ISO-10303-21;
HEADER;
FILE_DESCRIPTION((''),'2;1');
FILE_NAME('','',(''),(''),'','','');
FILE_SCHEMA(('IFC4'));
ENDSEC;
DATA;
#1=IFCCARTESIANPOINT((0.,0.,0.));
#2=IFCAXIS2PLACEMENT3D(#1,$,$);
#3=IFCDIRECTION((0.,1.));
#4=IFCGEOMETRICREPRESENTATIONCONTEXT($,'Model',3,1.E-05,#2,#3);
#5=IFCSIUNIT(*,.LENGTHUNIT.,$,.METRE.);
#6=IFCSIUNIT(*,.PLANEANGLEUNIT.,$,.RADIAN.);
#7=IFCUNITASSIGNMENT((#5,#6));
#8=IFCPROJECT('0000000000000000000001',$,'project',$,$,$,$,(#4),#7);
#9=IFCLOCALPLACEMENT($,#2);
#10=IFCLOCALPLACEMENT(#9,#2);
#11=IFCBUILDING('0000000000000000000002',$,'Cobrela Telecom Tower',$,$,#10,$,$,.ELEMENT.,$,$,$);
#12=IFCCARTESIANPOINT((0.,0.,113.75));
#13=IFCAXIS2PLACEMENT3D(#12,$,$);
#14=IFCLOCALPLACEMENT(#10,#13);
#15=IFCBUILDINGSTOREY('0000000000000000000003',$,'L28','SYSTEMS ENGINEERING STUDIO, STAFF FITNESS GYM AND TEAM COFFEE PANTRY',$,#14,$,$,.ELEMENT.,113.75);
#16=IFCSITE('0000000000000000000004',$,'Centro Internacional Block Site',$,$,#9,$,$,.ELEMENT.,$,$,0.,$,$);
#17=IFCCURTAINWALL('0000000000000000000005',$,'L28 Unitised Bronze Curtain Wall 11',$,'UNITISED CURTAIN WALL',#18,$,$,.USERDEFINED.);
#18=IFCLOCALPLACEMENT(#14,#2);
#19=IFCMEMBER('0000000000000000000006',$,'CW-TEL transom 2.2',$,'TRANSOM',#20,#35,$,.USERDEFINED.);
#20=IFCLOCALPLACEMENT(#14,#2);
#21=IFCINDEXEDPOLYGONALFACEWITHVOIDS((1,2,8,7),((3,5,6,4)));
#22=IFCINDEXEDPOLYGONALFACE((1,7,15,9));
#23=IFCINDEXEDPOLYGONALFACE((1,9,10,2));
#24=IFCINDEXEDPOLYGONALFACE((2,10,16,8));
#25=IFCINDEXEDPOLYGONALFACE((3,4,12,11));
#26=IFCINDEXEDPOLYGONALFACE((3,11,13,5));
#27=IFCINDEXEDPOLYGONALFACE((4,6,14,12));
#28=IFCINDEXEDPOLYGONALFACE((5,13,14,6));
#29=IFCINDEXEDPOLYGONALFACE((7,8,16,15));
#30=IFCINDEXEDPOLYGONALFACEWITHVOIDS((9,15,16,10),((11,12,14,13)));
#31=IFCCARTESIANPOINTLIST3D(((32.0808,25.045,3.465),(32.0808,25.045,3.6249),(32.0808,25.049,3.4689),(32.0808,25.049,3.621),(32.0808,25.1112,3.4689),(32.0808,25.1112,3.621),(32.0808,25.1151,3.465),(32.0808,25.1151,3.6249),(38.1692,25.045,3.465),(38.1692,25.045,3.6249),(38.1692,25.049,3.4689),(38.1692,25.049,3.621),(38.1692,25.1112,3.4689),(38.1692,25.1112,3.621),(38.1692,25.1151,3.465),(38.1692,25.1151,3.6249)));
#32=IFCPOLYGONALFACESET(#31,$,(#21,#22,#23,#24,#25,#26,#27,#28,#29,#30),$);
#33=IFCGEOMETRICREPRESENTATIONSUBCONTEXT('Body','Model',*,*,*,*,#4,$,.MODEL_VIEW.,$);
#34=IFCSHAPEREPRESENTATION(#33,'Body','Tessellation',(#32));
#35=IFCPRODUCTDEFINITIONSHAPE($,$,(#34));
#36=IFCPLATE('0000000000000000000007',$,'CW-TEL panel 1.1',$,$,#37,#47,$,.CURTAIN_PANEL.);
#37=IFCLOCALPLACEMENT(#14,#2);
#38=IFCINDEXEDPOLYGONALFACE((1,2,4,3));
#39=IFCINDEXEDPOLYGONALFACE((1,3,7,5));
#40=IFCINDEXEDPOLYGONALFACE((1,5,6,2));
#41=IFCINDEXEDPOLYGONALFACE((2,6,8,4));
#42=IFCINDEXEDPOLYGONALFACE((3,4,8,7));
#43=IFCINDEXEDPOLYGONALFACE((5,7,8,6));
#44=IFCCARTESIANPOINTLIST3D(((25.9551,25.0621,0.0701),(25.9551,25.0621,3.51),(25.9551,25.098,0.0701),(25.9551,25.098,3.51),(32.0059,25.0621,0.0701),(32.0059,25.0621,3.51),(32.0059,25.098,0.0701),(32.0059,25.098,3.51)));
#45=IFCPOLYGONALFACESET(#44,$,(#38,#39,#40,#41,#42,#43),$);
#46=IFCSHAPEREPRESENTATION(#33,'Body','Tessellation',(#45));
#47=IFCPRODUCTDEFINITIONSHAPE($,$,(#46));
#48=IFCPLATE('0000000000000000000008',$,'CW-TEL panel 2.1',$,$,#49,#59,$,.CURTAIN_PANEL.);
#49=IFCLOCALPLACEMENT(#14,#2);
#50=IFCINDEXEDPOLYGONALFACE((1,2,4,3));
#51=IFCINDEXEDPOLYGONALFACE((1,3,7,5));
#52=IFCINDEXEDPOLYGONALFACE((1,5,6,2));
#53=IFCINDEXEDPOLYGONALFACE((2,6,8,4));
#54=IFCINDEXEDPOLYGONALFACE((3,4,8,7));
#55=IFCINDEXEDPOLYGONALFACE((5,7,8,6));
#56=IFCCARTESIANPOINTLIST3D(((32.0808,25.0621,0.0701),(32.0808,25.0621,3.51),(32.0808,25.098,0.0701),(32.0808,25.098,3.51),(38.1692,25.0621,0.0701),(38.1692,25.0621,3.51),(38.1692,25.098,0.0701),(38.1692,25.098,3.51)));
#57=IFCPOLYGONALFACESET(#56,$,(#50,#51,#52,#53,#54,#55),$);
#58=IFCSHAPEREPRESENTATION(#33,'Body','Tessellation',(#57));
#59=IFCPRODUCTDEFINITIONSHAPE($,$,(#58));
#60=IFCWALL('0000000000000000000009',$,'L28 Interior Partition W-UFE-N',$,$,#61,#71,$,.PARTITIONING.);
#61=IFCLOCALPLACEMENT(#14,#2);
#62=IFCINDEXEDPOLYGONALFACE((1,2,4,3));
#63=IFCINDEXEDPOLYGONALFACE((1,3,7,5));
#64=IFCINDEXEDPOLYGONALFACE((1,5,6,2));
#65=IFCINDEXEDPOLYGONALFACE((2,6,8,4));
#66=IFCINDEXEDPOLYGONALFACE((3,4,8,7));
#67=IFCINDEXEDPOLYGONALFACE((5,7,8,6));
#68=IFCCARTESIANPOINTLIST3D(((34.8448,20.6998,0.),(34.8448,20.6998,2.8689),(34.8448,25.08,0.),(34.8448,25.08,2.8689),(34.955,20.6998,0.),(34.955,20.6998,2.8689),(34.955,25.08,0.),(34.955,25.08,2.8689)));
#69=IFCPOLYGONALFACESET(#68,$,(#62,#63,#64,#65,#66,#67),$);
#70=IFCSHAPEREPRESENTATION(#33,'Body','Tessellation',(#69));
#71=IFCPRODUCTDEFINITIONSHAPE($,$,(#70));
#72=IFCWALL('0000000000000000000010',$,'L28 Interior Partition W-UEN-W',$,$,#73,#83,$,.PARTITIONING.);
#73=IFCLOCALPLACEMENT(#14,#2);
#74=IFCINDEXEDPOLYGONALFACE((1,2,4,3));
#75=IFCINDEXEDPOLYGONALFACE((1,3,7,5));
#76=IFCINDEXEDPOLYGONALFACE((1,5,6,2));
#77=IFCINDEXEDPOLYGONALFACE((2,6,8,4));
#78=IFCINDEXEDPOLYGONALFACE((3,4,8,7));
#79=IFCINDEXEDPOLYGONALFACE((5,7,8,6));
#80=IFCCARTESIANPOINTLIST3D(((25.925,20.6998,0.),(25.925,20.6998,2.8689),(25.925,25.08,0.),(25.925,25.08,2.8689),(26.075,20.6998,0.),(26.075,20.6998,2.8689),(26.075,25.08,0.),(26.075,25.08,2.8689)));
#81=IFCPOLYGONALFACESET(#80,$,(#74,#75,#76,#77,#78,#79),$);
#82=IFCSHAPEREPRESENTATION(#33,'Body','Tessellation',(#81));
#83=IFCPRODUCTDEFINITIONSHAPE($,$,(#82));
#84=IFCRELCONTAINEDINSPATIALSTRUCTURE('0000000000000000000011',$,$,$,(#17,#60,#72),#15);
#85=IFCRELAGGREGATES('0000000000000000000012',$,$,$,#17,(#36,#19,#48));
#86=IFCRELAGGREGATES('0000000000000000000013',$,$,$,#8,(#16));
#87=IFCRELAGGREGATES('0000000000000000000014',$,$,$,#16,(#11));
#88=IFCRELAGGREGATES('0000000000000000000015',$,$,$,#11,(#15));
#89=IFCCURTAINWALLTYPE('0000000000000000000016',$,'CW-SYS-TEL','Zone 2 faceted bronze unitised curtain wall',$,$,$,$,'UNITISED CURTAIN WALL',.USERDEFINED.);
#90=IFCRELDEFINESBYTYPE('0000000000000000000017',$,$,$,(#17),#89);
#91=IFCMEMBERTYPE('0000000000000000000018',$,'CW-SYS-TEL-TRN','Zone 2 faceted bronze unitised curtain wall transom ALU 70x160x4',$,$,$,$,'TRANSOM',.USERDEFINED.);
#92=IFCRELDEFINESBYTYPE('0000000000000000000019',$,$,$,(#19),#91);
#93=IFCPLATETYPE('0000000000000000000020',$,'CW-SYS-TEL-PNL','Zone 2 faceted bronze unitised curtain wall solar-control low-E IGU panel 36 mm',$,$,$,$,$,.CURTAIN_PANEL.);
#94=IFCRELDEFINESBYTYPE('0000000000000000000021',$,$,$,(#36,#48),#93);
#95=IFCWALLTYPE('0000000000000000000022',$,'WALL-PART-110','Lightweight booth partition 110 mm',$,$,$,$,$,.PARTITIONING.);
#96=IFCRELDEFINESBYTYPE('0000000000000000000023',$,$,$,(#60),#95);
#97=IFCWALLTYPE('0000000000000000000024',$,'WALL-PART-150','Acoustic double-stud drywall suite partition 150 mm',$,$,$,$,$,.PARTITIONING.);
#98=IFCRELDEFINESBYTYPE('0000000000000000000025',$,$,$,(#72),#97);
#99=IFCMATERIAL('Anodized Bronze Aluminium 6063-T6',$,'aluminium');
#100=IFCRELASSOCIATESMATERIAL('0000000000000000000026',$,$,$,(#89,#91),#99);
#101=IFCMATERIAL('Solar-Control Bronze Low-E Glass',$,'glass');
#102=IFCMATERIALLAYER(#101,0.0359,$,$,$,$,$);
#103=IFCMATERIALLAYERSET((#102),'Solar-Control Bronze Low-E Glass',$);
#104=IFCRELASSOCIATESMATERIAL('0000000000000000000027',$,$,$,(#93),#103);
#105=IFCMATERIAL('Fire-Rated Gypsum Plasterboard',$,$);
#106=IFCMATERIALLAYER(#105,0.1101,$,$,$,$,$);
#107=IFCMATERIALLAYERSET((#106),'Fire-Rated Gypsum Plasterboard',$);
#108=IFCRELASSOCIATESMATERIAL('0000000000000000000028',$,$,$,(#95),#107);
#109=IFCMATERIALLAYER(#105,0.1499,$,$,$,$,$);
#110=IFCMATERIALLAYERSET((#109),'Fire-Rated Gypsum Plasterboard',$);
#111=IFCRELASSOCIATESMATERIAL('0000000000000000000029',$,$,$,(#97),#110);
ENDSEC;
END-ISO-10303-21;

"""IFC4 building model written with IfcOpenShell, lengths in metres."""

from ifc_helpers import new_model, si_unit, direction, frame, frame_2d, origin, origin_2d, place, context, subcontext, project, spatial, rectangle, hollow_rectangle, extrude, material, layer, layer_set, material_profile, profile_set, type_object, element, aggregate, save


model = new_model("IFC4")

# Units and contexts
model_context = context("Model", 3, precision=1e-05, world=origin(), true_north=direction((0.0, 1.0)))
body_context = subcontext(model_context, "Body", "Model", "MODEL_VIEW")
ifc_project = project(units=[si_unit("LENGTHUNIT", "METRE"), si_unit("PLANEANGLEUNIT", "RADIAN")], contexts=[model_context])

# Site, building, storey
site_placement = place(None, origin())
site = spatial("IfcSite", under=ifc_project, at=site_placement, Name="Centro Internacional Block Site", CompositionType="ELEMENT", RefElevation=0.0)
building_placement = place(site_placement, origin())
building = spatial("IfcBuilding", under=site, at=building_placement, Name="Cobrela Telecom Tower", CompositionType="ELEMENT")
storey_placement = place(building_placement, frame((0.0, 0.0, 113.75)))
storey = spatial("IfcBuildingStorey", under=building, at=storey_placement, Name="L28", Description="SYSTEMS ENGINEERING STUDIO, STAFF FITNESS GYM AND TEAM COFFEE PANTRY", CompositionType="ELEMENT", Elevation=113.75)

# Curtain wall, member, plates
ifc_material_1 = material(Name="Anodized Bronze Aluminium 6063-T6", Category="aluminium")
curtain_wall_type = type_object("IfcCurtainWallType", Name="CW-SYS-TEL", Description="Zone 2 faceted bronze unitised curtain wall", ElementType="UNITISED CURTAIN WALL", PredefinedType="USERDEFINED", material=ifc_material_1)
curtain_wall_placement = place(storey_placement, origin())
curtain_wall = element("IfcCurtainWall", 1, at=curtain_wall_placement, inside=storey, type_object=curtain_wall_type, Name="L28 Unitised Bronze Curtain Wall 11", ObjectType="UNITISED CURTAIN WALL", PredefinedType="USERDEFINED")
ifc_material_profile_1 = material_profile(ifc_material_1, hollow_rectangle(XDim=0.0701, YDim=0.1599, WallThickness=0.0039, at=origin_2d()), Name="ALU 70x160x4")
ifc_profile_set_1 = profile_set([ifc_material_profile_1], Name="Anodized Bronze Aluminium 6063-T6")
member_type_1 = type_object("IfcMemberType", Name="CW-SYS-TEL-TRN", Description="Zone 2 faceted bronze unitised curtain wall transom ALU 70x160x4", ElementType="TRANSOM", PredefinedType="USERDEFINED", material=ifc_profile_set_1)
member_1_placement = place(storey_placement, frame((32.0808, 25.0801, 3.5449), z_axis=(1.0, 0.0, 0.0), x_axis=(0.0, 1.0, 0.0)))
member_1 = element("IfcMember", 2, at=member_1_placement, type_object=member_type_1, Name="CW-TEL transom 2.2", ObjectType="TRANSOM", PredefinedType="USERDEFINED", context=body_context, shape_type="SweptSolid", body=[
    extrude(hollow_rectangle(XDim=0.0701, YDim=0.1599, WallThickness=0.0039, at=origin_2d()), origin(), (0.0, 0.0, 1.0), 6.0884),
])
ifc_material_2 = material(Name="Solar-Control Bronze Low-E Glass", Category="glass")
ifc_layer_1 = layer(ifc_material_2, 0.0359)
ifc_layer_set_1 = layer_set([ifc_layer_1], Name="Solar-Control Bronze Low-E Glass")
plate_type = type_object("IfcPlateType", Name="CW-SYS-TEL-PNL", Description="Zone 2 faceted bronze unitised curtain wall solar-control low-E IGU panel 36 mm", PredefinedType="CURTAIN_PANEL", material=ifc_layer_set_1)
plate_1_placement = place(storey_placement, frame((28.9805, 25.0801, 0.0701), z_axis=(0.0, 0.0, 1.0), x_axis=(1.0, 0.0, 0.0)))
plate_1 = element("IfcPlate", 3, at=plate_1_placement, type_object=plate_type, Name="CW-TEL panel 1.1", PredefinedType="CURTAIN_PANEL", context=body_context, shape_type="SweptSolid", body=[
    extrude(rectangle(XDim=6.0508, YDim=0.0359, at=origin_2d()), origin(), (0.0, 0.0, 1.0), 3.4399),
])
plate_2_placement = place(storey_placement, frame((35.125, 25.0801, 0.0701), z_axis=(0.0, 0.0, 1.0), x_axis=(1.0, 0.0, 0.0)))
plate_2 = element("IfcPlate", 4, at=plate_2_placement, type_object=plate_type, Name="CW-TEL panel 2.1", PredefinedType="CURTAIN_PANEL", context=body_context, shape_type="SweptSolid", body=[
    extrude(rectangle(XDim=6.0884, YDim=0.0359, at=origin_2d()), origin(), (0.0, 0.0, 1.0), 3.4399),
])
aggregate(curtain_wall, [plate_1, member_1, plate_2])

# Walls
ifc_material_3 = material(Name="Fire-Rated Gypsum Plasterboard")
ifc_layer_2 = layer(ifc_material_3, 0.1101)
ifc_layer_set_2 = layer_set([ifc_layer_2], Name="Fire-Rated Gypsum Plasterboard")
wall_type_1 = type_object("IfcWallType", Name="WALL-PART-110", Description="Lightweight booth partition 110 mm", PredefinedType="PARTITIONING", material=ifc_layer_set_2)
wall_1_placement = place(storey_placement, frame((34.8999, 20.7, 0.0), z_axis=(0.0, 0.0, 1.0), x_axis=(0.0, 1.0, 0.0)))
element("IfcWall", 5, at=wall_1_placement, inside=storey, type_object=wall_type_1, Name="L28 Interior Partition W-UFE-N", PredefinedType="PARTITIONING", context=body_context, shape_type="SweptSolid", body=[
    extrude(rectangle(XDim=4.3801, YDim=0.1101, at=frame_2d((2.1899, 0.0))), origin(), (0.0, 0.0, 1.0), 2.8689),
])
ifc_layer_3 = layer(ifc_material_3, 0.1499)
ifc_layer_set_3 = layer_set([ifc_layer_3], Name="Fire-Rated Gypsum Plasterboard")
wall_type_2 = type_object("IfcWallType", Name="WALL-PART-150", Description="Acoustic double-stud drywall suite partition 150 mm", PredefinedType="PARTITIONING", material=ifc_layer_set_3)
wall_2_placement = place(storey_placement, frame((26.0, 20.7, 0.0), z_axis=(0.0, 0.0, 1.0), x_axis=(0.0, 1.0, 0.0)))
element("IfcWall", 6, at=wall_2_placement, inside=storey, type_object=wall_type_2, Name="L28 Interior Partition W-UEN-W", PredefinedType="PARTITIONING", context=body_context, shape_type="SweptSolid", body=[
    extrude(rectangle(XDim=4.3801, YDim=0.1499, at=frame_2d((2.1899, 0.0))), origin(), (0.0, 0.0, 1.0), 2.8689),
])

save(model, "model.ifc")
